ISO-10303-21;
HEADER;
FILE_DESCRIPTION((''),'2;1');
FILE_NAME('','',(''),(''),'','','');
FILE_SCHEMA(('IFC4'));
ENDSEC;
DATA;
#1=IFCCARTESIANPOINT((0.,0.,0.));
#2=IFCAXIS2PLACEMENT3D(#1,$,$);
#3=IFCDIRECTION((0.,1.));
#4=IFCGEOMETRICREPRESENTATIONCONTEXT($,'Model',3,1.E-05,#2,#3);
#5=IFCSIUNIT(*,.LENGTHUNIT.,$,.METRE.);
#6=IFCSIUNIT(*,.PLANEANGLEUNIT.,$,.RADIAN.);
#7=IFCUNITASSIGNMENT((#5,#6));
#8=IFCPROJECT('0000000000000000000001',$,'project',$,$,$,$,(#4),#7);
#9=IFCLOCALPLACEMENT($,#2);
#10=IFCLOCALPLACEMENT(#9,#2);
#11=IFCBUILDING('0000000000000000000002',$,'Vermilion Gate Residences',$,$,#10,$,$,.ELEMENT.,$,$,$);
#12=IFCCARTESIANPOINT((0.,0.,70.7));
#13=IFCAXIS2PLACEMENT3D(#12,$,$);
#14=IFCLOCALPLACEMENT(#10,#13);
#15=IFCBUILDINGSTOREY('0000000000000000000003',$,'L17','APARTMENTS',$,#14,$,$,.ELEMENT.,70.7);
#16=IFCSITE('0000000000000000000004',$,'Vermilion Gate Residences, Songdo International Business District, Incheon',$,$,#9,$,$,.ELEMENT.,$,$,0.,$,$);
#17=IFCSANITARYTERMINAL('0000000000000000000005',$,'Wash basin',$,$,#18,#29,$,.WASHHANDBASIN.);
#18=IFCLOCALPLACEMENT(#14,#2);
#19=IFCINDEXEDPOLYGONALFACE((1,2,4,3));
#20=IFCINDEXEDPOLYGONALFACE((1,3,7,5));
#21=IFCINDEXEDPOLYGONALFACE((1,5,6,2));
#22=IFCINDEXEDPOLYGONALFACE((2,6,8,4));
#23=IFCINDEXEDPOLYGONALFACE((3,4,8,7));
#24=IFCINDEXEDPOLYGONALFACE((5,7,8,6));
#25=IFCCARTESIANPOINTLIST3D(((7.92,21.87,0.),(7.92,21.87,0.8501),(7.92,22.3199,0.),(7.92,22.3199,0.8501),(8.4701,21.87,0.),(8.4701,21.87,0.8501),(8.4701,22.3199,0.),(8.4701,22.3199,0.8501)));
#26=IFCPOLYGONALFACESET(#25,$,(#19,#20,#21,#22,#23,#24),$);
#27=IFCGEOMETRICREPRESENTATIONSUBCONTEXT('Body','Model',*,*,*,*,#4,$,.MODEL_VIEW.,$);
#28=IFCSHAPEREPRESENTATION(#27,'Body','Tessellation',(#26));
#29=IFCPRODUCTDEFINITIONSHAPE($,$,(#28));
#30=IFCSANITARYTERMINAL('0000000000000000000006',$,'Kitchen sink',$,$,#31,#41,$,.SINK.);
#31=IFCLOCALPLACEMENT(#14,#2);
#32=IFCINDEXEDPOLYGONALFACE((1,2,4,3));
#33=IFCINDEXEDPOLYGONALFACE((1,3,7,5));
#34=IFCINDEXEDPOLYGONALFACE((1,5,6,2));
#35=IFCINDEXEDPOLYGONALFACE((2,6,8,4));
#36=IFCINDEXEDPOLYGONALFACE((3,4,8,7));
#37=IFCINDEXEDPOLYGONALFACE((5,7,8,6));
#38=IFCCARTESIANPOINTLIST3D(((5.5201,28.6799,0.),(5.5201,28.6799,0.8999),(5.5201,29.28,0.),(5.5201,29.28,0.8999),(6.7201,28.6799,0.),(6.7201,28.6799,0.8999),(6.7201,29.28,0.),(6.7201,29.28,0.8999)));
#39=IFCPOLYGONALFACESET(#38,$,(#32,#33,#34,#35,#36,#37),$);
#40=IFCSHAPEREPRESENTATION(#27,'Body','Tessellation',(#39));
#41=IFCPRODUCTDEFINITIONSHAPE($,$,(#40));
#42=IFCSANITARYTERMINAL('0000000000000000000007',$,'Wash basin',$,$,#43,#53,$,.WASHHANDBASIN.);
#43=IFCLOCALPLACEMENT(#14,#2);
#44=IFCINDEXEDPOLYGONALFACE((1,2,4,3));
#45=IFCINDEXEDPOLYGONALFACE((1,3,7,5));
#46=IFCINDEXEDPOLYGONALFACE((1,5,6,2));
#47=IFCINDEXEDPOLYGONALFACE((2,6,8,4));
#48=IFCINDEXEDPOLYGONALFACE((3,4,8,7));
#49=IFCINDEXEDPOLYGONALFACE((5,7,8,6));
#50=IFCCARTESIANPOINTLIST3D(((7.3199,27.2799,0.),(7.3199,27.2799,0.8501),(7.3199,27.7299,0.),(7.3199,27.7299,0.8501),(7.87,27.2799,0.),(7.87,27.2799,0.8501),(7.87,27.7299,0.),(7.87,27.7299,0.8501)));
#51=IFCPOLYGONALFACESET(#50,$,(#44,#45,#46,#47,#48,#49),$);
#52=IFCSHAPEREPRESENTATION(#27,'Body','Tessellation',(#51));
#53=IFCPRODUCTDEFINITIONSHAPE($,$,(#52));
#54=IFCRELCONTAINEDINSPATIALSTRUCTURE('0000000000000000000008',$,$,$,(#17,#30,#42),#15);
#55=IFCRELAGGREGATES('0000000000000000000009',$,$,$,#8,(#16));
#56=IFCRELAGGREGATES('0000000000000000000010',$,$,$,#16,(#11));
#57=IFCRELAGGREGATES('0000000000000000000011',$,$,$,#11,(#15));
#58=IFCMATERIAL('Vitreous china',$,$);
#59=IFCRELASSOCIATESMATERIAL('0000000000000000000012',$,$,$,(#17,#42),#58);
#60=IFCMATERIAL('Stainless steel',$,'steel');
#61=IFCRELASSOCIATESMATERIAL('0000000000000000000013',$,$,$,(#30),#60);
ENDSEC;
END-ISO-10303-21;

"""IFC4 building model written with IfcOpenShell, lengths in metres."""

from ifc_helpers import new_model, si_unit, direction, frame, origin, origin_2d, place, context, subcontext, project, spatial, rectangle, extrude, material, element, save


model = new_model("IFC4")

# Units and contexts
model_context = context("Model", 3, precision=1e-05, world=origin(), true_north=direction((0.0, 1.0)))
body_context = subcontext(model_context, "Body", "Model", "MODEL_VIEW")
ifc_project = project(units=[si_unit("LENGTHUNIT", "METRE"), si_unit("PLANEANGLEUNIT", "RADIAN")], contexts=[model_context])

# Site, building, storey
site_placement = place(None, origin())
site = spatial("IfcSite", under=ifc_project, at=site_placement, Name="Vermilion Gate Residences, Songdo International Business District, Incheon", CompositionType="ELEMENT", RefElevation=0.0)
building_placement = place(site_placement, origin())
building = spatial("IfcBuilding", under=site, at=building_placement, Name="Vermilion Gate Residences", CompositionType="ELEMENT")
storey_placement = place(building_placement, frame((0.0, 0.0, 70.7)))
storey = spatial("IfcBuildingStorey", under=building, at=storey_placement, Name="L17", Description="APARTMENTS", CompositionType="ELEMENT", Elevation=70.7)

# Sanitary terminals
ifc_material_1 = material(Name="Vitreous china")
sanitary_terminal_1_placement = place(storey_placement, frame((8.1951, 22.095, 0.0), z_axis=(0.0, 0.0, 1.0), x_axis=(1.0, 0.0, 0.0)))
element("IfcSanitaryTerminal", 1, at=sanitary_terminal_1_placement, inside=storey, material=ifc_material_1, Name="Wash basin", PredefinedType="WASHHANDBASIN", context=body_context, shape_type="SweptSolid", body=[
    extrude(rectangle(XDim=0.55, YDim=0.45, at=origin_2d()), origin(), (0.0, 0.0, 1.0), 0.8501),
])
ifc_material_2 = material(Name="Stainless steel", Category="steel")
sanitary_terminal_2_placement = place(storey_placement, frame((6.1201, 28.98, 0.0), z_axis=(0.0, 0.0, 1.0), x_axis=(1.0, 0.0, 0.0)))
element("IfcSanitaryTerminal", 2, at=sanitary_terminal_2_placement, inside=storey, material=ifc_material_2, Name="Kitchen sink", PredefinedType="SINK", context=body_context, shape_type="SweptSolid", body=[
    extrude(rectangle(XDim=1.2, YDim=0.6001, at=origin_2d()), origin(), (0.0, 0.0, 1.0), 0.8999),
])
sanitary_terminal_3_placement = place(storey_placement, frame((7.595, 27.5049, 0.0), z_axis=(0.0, 0.0, 1.0), x_axis=(1.0, 0.0, 0.0)))
element("IfcSanitaryTerminal", 3, at=sanitary_terminal_3_placement, inside=storey, material=ifc_material_1, Name="Wash basin", PredefinedType="WASHHANDBASIN", context=body_context, shape_type="SweptSolid", body=[
    extrude(rectangle(XDim=0.55, YDim=0.45, at=origin_2d()), origin(), (0.0, 0.0, 1.0), 0.8501),
])

save(model, "model.ifc")
